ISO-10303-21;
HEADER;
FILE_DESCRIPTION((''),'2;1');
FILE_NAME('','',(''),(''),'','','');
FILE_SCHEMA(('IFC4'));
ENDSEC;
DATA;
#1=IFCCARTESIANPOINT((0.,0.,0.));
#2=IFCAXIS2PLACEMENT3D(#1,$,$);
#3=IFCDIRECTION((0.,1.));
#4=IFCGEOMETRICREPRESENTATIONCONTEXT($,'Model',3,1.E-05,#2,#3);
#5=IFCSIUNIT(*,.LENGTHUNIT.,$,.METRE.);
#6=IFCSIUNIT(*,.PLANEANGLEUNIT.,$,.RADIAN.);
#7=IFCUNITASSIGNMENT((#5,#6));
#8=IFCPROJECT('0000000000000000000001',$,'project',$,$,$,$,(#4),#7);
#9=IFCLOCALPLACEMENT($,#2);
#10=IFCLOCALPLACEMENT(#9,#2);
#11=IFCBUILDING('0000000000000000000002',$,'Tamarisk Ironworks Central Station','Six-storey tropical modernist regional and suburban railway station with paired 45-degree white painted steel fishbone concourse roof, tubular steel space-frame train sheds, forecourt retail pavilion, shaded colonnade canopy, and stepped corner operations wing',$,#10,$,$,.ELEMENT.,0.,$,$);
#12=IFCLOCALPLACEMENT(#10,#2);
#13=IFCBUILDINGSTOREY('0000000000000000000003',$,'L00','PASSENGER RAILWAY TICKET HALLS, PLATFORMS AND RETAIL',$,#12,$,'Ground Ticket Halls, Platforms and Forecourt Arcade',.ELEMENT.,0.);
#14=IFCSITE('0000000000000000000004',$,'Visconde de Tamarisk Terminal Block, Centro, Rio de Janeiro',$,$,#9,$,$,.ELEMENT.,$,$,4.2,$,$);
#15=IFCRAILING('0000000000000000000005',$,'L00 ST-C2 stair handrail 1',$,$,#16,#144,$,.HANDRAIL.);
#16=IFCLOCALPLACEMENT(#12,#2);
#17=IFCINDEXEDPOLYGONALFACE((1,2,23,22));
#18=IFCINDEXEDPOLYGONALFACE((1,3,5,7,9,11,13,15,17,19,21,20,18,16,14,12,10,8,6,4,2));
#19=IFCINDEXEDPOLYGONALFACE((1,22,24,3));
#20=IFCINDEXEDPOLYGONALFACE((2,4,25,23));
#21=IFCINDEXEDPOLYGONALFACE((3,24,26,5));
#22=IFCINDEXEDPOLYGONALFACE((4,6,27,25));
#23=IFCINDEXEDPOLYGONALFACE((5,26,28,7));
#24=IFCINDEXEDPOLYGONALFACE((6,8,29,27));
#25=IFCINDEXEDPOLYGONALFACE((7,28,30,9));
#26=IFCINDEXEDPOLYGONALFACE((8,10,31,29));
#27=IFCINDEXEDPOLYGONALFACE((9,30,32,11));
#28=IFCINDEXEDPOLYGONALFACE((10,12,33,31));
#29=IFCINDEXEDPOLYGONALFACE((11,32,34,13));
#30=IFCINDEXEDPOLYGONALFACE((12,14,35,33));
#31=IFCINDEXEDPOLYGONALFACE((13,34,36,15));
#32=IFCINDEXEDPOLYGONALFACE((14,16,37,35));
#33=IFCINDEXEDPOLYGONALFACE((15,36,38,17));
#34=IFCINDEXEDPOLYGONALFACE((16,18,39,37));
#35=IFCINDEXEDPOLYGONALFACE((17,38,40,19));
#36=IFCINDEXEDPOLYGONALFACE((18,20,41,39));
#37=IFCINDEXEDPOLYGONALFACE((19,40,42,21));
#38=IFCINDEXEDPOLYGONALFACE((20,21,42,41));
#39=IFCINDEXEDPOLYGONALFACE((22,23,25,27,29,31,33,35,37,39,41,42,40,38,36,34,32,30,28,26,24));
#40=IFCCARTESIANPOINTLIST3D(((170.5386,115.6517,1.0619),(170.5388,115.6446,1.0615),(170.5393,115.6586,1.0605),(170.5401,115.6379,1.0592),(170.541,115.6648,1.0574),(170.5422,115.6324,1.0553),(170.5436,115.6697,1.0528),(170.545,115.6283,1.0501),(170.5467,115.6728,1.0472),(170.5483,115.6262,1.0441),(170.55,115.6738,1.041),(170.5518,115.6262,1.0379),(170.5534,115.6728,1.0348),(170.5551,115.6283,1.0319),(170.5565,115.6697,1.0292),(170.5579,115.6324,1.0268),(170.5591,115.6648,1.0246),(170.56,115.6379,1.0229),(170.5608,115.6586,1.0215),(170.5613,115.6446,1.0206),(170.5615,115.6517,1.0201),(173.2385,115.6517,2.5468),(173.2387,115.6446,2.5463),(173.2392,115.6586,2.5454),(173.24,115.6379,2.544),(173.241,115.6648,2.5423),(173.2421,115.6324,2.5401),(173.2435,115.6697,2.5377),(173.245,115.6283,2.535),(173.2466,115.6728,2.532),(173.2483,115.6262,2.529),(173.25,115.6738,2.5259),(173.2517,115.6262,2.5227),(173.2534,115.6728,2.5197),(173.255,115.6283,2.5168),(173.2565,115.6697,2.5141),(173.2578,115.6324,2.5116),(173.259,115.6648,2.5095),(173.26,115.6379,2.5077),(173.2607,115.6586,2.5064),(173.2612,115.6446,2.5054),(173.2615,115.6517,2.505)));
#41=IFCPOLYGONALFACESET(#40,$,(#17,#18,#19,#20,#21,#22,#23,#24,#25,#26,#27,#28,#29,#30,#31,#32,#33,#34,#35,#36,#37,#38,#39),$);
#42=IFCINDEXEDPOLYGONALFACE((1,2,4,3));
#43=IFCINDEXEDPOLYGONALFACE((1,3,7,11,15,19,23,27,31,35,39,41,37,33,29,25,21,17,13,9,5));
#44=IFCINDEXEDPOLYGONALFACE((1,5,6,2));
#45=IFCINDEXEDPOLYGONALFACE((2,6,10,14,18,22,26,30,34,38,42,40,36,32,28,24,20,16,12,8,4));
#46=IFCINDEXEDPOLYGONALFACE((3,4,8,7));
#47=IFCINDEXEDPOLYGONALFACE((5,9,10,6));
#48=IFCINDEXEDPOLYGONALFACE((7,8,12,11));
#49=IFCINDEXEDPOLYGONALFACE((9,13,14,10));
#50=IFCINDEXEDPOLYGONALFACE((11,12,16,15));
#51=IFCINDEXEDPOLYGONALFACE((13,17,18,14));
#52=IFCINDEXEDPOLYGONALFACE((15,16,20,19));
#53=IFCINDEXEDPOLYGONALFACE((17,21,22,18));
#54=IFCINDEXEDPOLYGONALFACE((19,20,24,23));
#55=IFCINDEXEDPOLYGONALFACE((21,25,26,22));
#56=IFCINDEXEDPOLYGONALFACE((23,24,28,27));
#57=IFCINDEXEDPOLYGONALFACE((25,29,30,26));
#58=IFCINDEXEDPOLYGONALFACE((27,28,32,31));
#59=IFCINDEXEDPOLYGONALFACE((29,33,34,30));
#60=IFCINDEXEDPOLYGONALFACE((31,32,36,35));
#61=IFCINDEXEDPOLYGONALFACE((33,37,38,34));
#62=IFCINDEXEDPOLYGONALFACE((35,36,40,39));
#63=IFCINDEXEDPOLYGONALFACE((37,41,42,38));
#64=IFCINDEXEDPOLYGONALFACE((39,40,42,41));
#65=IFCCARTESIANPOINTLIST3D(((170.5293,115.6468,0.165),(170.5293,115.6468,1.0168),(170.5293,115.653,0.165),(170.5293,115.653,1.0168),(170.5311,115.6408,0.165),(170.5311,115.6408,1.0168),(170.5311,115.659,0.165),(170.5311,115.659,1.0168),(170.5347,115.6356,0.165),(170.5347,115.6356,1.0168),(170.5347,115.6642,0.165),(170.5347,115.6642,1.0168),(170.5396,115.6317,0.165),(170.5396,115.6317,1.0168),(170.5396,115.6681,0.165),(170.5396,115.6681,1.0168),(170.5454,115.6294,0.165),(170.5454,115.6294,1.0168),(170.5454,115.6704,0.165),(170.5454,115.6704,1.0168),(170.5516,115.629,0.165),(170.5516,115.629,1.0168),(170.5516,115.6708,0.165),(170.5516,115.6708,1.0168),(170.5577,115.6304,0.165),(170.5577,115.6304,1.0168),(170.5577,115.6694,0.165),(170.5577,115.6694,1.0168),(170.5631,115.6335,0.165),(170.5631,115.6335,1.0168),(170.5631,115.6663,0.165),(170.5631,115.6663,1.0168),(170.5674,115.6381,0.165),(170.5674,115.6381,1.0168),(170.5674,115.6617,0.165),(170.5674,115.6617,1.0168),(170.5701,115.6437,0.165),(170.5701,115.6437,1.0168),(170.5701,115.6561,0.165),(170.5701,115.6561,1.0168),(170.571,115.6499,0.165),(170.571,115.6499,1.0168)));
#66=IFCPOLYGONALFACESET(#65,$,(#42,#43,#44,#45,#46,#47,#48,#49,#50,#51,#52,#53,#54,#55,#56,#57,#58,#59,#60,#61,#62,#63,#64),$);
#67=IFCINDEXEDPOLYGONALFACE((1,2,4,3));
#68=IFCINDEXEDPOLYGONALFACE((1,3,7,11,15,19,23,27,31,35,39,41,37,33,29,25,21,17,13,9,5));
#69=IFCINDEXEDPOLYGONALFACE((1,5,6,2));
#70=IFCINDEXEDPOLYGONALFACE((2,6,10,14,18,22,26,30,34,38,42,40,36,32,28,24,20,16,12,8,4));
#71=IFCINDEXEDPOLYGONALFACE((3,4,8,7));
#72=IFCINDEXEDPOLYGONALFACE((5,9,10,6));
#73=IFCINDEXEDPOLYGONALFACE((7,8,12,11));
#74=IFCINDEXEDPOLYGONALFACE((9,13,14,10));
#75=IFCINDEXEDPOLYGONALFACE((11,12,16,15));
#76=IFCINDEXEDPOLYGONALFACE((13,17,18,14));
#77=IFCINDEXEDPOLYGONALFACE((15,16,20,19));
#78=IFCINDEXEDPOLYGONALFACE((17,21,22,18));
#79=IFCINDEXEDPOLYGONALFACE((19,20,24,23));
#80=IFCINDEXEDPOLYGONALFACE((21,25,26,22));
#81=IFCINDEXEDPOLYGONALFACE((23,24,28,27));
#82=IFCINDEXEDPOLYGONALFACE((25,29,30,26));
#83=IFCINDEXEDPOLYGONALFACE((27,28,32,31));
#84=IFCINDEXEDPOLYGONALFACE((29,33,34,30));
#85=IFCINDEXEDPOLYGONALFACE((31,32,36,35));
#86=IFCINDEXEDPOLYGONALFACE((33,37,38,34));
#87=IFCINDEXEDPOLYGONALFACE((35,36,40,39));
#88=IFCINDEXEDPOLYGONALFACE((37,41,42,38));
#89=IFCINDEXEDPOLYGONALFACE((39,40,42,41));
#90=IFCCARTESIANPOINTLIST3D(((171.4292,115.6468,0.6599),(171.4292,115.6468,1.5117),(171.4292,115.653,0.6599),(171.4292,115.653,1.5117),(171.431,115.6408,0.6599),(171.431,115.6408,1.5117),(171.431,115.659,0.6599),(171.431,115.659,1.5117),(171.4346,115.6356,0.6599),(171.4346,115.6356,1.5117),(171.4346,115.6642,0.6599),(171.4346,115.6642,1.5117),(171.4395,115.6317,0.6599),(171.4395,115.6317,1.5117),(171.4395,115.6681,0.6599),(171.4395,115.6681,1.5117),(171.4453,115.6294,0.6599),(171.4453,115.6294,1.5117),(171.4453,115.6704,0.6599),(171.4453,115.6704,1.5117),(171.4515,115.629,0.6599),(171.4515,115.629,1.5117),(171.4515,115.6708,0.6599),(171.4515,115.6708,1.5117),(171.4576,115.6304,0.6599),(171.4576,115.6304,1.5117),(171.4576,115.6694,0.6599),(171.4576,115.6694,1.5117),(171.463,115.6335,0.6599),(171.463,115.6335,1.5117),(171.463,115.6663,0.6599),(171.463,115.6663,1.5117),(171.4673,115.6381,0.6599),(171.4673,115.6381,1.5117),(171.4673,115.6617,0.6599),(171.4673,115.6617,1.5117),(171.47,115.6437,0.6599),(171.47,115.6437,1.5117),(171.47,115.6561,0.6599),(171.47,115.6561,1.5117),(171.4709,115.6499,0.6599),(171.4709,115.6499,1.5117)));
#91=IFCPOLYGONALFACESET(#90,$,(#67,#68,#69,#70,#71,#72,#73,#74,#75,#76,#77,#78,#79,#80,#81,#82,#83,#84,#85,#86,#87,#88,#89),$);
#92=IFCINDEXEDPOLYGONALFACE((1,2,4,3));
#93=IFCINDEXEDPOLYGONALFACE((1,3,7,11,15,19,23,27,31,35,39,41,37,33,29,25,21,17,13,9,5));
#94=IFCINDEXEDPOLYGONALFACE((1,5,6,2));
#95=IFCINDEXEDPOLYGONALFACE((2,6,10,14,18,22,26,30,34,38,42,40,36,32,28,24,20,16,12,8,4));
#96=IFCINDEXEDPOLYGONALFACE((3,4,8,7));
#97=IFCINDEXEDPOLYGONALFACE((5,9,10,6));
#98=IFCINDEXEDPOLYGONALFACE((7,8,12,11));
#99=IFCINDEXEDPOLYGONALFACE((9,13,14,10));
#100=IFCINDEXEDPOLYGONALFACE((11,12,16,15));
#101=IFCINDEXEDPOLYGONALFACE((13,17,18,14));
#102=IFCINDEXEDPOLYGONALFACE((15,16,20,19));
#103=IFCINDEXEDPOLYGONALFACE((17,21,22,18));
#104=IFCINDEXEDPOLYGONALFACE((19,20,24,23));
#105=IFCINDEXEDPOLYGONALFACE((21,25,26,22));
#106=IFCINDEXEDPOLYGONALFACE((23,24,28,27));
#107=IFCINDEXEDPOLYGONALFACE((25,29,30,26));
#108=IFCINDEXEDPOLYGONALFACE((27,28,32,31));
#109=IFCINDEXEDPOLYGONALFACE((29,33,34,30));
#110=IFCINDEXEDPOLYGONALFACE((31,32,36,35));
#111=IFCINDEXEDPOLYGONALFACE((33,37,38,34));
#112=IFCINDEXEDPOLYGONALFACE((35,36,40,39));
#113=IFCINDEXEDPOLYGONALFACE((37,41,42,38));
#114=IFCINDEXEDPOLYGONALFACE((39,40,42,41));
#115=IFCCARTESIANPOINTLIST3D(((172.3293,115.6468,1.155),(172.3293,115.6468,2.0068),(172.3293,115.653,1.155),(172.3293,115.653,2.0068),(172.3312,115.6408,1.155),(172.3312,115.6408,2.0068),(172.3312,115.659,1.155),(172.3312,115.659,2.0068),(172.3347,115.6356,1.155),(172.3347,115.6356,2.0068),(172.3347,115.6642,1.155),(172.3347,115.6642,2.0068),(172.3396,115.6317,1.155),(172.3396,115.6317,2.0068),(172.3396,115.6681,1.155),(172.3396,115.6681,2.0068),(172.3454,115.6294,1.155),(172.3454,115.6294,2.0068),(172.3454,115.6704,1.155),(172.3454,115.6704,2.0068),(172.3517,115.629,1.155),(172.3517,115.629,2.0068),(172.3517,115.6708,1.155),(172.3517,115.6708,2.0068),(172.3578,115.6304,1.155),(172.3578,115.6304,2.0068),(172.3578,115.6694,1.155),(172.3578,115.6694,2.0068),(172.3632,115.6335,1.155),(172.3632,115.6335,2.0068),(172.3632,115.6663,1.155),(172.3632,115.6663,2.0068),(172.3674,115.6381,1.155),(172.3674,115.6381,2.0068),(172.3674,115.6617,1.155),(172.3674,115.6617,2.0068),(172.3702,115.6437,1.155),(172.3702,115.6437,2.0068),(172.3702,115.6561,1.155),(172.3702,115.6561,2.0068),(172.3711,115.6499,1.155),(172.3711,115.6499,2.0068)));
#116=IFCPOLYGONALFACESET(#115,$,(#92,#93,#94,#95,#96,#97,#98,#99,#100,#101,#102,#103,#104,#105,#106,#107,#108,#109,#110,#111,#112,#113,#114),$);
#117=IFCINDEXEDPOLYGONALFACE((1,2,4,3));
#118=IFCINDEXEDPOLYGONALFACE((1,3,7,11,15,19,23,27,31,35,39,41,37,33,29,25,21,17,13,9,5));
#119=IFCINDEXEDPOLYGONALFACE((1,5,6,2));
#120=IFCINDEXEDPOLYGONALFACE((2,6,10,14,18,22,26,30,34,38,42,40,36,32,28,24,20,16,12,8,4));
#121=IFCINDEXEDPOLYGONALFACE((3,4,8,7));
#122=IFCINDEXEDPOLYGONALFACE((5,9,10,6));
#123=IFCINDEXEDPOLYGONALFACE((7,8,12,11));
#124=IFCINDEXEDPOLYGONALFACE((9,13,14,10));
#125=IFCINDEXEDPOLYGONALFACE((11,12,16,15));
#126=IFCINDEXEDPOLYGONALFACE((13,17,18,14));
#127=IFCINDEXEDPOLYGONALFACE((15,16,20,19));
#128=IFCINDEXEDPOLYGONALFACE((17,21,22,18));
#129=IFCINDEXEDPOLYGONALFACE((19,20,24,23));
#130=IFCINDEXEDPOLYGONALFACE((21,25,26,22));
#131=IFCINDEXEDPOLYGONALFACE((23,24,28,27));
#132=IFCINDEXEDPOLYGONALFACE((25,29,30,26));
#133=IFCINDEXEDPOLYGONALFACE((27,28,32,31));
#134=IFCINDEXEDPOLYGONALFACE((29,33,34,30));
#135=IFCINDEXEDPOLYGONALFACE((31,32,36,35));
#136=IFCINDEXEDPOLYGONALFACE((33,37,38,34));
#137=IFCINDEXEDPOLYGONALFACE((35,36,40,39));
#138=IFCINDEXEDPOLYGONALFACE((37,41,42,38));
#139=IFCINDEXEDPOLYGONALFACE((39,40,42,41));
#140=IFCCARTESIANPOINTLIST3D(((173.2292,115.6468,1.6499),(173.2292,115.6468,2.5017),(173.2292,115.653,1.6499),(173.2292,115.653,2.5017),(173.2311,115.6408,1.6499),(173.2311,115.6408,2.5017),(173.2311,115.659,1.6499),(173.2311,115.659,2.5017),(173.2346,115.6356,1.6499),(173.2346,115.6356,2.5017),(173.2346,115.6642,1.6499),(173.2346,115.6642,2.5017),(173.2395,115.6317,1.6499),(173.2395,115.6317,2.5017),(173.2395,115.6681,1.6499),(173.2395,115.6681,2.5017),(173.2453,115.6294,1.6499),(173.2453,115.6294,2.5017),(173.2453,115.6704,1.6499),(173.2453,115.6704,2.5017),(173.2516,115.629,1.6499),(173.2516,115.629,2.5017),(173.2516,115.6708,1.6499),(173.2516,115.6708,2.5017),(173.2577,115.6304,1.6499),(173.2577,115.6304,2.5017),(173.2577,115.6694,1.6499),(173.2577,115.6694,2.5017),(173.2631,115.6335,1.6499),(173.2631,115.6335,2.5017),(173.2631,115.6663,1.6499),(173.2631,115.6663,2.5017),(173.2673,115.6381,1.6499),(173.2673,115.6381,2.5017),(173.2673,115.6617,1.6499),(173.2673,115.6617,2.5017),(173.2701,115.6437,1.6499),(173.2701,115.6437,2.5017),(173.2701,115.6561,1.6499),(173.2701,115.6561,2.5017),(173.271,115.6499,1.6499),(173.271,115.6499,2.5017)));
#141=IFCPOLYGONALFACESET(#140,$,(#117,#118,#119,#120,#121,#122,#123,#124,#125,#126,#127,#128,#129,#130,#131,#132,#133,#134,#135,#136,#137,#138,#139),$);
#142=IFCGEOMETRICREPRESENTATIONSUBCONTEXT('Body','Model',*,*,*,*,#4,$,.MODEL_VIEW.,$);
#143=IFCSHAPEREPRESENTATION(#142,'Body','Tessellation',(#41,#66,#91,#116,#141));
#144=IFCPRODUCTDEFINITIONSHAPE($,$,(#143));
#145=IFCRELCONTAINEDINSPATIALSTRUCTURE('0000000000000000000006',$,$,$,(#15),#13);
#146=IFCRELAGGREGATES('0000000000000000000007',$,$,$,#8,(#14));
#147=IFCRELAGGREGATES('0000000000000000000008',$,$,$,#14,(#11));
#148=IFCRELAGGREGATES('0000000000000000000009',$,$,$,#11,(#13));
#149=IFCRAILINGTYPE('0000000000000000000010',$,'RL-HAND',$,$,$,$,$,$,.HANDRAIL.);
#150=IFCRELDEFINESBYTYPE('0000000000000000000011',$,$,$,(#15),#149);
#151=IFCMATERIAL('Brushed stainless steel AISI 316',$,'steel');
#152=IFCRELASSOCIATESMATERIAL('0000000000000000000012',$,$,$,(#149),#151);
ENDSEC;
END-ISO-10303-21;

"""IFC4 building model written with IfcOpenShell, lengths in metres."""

from ifc_helpers import new_model, si_unit, direction, frame, origin, origin_2d, place, context, subcontext, project, spatial, circle, extrude, material, type_object, element, save


model = new_model("IFC4")

# Units and contexts
model_context = context("Model", 3, precision=1e-05, world=origin(), true_north=direction((0.0, 1.0)))
body_context = subcontext(model_context, "Body", "Model", "MODEL_VIEW")
ifc_project = project(units=[si_unit("LENGTHUNIT", "METRE"), si_unit("PLANEANGLEUNIT", "RADIAN")], contexts=[model_context])

# Site, building, storey
site_placement = place(None, origin())
site = spatial("IfcSite", under=ifc_project, at=site_placement, Name="Visconde de Tamarisk Terminal Block, Centro, Rio de Janeiro", CompositionType="ELEMENT", RefElevation=4.2)
building_placement = place(site_placement, origin())
building = spatial("IfcBuilding", under=site, at=building_placement, Name="Tamarisk Ironworks Central Station", Description="Six-storey tropical modernist regional and suburban railway station with paired 45-degree white painted steel fishbone concourse roof, tubular steel space-frame train sheds, forecourt retail pavilion, shaded colonnade canopy, and stepped corner operations wing", CompositionType="ELEMENT", ElevationOfRefHeight=0.0)
storey_placement = place(building_placement, origin())
storey = spatial("IfcBuildingStorey", under=building, at=storey_placement, Name="L00", Description="PASSENGER RAILWAY TICKET HALLS, PLATFORMS AND RETAIL", LongName="Ground Ticket Halls, Platforms and Forecourt Arcade", CompositionType="ELEMENT", Elevation=0.0)

# Railing
ifc_material_1 = material(Name="Brushed stainless steel AISI 316", Category="steel")
railing_type_1 = type_object("IfcRailingType", Name="RL-HAND", PredefinedType="HANDRAIL", material=ifc_material_1)
for number, where, name in (
    (1, (170.55, 115.6499, 0.165), "L00 ST-C2 stair handrail 1"),
):
    element("IfcRailing", number, at=place(storey_placement, frame(where)), inside=storey, type_object=railing_type_1, Name=name, PredefinedType="HANDRAIL", context=body_context, shape_type="SweptSolid", body=[
        extrude(circle(Radius=0.0239, at=origin_2d()), frame((0.0, 0.0, 0.876), z_axis=(0.876231, 0.0, 0.481891), x_axis=(0.0, 1.0, 0.0)), (0.0, 0.0, 1.0), 3.0813),
        extrude(circle(Radius=0.021, at=origin_2d()), origin(), (0.0, 0.0, 1.0), 0.8518),
        extrude(circle(Radius=0.021, at=origin_2d()), frame((0.8999, 0.0, 0.4949)), (0.0, 0.0, 1.0), 0.8518),
        extrude(circle(Radius=0.021, at=origin_2d()), frame((1.8, 0.0, 0.99)), (0.0, 0.0, 1.0), 0.8518),
        extrude(circle(Radius=0.021, at=origin_2d()), frame((2.7, 0.0, 1.4849)), (0.0, 0.0, 1.0), 0.8518),
    ])

save(model, "model.ifc")
